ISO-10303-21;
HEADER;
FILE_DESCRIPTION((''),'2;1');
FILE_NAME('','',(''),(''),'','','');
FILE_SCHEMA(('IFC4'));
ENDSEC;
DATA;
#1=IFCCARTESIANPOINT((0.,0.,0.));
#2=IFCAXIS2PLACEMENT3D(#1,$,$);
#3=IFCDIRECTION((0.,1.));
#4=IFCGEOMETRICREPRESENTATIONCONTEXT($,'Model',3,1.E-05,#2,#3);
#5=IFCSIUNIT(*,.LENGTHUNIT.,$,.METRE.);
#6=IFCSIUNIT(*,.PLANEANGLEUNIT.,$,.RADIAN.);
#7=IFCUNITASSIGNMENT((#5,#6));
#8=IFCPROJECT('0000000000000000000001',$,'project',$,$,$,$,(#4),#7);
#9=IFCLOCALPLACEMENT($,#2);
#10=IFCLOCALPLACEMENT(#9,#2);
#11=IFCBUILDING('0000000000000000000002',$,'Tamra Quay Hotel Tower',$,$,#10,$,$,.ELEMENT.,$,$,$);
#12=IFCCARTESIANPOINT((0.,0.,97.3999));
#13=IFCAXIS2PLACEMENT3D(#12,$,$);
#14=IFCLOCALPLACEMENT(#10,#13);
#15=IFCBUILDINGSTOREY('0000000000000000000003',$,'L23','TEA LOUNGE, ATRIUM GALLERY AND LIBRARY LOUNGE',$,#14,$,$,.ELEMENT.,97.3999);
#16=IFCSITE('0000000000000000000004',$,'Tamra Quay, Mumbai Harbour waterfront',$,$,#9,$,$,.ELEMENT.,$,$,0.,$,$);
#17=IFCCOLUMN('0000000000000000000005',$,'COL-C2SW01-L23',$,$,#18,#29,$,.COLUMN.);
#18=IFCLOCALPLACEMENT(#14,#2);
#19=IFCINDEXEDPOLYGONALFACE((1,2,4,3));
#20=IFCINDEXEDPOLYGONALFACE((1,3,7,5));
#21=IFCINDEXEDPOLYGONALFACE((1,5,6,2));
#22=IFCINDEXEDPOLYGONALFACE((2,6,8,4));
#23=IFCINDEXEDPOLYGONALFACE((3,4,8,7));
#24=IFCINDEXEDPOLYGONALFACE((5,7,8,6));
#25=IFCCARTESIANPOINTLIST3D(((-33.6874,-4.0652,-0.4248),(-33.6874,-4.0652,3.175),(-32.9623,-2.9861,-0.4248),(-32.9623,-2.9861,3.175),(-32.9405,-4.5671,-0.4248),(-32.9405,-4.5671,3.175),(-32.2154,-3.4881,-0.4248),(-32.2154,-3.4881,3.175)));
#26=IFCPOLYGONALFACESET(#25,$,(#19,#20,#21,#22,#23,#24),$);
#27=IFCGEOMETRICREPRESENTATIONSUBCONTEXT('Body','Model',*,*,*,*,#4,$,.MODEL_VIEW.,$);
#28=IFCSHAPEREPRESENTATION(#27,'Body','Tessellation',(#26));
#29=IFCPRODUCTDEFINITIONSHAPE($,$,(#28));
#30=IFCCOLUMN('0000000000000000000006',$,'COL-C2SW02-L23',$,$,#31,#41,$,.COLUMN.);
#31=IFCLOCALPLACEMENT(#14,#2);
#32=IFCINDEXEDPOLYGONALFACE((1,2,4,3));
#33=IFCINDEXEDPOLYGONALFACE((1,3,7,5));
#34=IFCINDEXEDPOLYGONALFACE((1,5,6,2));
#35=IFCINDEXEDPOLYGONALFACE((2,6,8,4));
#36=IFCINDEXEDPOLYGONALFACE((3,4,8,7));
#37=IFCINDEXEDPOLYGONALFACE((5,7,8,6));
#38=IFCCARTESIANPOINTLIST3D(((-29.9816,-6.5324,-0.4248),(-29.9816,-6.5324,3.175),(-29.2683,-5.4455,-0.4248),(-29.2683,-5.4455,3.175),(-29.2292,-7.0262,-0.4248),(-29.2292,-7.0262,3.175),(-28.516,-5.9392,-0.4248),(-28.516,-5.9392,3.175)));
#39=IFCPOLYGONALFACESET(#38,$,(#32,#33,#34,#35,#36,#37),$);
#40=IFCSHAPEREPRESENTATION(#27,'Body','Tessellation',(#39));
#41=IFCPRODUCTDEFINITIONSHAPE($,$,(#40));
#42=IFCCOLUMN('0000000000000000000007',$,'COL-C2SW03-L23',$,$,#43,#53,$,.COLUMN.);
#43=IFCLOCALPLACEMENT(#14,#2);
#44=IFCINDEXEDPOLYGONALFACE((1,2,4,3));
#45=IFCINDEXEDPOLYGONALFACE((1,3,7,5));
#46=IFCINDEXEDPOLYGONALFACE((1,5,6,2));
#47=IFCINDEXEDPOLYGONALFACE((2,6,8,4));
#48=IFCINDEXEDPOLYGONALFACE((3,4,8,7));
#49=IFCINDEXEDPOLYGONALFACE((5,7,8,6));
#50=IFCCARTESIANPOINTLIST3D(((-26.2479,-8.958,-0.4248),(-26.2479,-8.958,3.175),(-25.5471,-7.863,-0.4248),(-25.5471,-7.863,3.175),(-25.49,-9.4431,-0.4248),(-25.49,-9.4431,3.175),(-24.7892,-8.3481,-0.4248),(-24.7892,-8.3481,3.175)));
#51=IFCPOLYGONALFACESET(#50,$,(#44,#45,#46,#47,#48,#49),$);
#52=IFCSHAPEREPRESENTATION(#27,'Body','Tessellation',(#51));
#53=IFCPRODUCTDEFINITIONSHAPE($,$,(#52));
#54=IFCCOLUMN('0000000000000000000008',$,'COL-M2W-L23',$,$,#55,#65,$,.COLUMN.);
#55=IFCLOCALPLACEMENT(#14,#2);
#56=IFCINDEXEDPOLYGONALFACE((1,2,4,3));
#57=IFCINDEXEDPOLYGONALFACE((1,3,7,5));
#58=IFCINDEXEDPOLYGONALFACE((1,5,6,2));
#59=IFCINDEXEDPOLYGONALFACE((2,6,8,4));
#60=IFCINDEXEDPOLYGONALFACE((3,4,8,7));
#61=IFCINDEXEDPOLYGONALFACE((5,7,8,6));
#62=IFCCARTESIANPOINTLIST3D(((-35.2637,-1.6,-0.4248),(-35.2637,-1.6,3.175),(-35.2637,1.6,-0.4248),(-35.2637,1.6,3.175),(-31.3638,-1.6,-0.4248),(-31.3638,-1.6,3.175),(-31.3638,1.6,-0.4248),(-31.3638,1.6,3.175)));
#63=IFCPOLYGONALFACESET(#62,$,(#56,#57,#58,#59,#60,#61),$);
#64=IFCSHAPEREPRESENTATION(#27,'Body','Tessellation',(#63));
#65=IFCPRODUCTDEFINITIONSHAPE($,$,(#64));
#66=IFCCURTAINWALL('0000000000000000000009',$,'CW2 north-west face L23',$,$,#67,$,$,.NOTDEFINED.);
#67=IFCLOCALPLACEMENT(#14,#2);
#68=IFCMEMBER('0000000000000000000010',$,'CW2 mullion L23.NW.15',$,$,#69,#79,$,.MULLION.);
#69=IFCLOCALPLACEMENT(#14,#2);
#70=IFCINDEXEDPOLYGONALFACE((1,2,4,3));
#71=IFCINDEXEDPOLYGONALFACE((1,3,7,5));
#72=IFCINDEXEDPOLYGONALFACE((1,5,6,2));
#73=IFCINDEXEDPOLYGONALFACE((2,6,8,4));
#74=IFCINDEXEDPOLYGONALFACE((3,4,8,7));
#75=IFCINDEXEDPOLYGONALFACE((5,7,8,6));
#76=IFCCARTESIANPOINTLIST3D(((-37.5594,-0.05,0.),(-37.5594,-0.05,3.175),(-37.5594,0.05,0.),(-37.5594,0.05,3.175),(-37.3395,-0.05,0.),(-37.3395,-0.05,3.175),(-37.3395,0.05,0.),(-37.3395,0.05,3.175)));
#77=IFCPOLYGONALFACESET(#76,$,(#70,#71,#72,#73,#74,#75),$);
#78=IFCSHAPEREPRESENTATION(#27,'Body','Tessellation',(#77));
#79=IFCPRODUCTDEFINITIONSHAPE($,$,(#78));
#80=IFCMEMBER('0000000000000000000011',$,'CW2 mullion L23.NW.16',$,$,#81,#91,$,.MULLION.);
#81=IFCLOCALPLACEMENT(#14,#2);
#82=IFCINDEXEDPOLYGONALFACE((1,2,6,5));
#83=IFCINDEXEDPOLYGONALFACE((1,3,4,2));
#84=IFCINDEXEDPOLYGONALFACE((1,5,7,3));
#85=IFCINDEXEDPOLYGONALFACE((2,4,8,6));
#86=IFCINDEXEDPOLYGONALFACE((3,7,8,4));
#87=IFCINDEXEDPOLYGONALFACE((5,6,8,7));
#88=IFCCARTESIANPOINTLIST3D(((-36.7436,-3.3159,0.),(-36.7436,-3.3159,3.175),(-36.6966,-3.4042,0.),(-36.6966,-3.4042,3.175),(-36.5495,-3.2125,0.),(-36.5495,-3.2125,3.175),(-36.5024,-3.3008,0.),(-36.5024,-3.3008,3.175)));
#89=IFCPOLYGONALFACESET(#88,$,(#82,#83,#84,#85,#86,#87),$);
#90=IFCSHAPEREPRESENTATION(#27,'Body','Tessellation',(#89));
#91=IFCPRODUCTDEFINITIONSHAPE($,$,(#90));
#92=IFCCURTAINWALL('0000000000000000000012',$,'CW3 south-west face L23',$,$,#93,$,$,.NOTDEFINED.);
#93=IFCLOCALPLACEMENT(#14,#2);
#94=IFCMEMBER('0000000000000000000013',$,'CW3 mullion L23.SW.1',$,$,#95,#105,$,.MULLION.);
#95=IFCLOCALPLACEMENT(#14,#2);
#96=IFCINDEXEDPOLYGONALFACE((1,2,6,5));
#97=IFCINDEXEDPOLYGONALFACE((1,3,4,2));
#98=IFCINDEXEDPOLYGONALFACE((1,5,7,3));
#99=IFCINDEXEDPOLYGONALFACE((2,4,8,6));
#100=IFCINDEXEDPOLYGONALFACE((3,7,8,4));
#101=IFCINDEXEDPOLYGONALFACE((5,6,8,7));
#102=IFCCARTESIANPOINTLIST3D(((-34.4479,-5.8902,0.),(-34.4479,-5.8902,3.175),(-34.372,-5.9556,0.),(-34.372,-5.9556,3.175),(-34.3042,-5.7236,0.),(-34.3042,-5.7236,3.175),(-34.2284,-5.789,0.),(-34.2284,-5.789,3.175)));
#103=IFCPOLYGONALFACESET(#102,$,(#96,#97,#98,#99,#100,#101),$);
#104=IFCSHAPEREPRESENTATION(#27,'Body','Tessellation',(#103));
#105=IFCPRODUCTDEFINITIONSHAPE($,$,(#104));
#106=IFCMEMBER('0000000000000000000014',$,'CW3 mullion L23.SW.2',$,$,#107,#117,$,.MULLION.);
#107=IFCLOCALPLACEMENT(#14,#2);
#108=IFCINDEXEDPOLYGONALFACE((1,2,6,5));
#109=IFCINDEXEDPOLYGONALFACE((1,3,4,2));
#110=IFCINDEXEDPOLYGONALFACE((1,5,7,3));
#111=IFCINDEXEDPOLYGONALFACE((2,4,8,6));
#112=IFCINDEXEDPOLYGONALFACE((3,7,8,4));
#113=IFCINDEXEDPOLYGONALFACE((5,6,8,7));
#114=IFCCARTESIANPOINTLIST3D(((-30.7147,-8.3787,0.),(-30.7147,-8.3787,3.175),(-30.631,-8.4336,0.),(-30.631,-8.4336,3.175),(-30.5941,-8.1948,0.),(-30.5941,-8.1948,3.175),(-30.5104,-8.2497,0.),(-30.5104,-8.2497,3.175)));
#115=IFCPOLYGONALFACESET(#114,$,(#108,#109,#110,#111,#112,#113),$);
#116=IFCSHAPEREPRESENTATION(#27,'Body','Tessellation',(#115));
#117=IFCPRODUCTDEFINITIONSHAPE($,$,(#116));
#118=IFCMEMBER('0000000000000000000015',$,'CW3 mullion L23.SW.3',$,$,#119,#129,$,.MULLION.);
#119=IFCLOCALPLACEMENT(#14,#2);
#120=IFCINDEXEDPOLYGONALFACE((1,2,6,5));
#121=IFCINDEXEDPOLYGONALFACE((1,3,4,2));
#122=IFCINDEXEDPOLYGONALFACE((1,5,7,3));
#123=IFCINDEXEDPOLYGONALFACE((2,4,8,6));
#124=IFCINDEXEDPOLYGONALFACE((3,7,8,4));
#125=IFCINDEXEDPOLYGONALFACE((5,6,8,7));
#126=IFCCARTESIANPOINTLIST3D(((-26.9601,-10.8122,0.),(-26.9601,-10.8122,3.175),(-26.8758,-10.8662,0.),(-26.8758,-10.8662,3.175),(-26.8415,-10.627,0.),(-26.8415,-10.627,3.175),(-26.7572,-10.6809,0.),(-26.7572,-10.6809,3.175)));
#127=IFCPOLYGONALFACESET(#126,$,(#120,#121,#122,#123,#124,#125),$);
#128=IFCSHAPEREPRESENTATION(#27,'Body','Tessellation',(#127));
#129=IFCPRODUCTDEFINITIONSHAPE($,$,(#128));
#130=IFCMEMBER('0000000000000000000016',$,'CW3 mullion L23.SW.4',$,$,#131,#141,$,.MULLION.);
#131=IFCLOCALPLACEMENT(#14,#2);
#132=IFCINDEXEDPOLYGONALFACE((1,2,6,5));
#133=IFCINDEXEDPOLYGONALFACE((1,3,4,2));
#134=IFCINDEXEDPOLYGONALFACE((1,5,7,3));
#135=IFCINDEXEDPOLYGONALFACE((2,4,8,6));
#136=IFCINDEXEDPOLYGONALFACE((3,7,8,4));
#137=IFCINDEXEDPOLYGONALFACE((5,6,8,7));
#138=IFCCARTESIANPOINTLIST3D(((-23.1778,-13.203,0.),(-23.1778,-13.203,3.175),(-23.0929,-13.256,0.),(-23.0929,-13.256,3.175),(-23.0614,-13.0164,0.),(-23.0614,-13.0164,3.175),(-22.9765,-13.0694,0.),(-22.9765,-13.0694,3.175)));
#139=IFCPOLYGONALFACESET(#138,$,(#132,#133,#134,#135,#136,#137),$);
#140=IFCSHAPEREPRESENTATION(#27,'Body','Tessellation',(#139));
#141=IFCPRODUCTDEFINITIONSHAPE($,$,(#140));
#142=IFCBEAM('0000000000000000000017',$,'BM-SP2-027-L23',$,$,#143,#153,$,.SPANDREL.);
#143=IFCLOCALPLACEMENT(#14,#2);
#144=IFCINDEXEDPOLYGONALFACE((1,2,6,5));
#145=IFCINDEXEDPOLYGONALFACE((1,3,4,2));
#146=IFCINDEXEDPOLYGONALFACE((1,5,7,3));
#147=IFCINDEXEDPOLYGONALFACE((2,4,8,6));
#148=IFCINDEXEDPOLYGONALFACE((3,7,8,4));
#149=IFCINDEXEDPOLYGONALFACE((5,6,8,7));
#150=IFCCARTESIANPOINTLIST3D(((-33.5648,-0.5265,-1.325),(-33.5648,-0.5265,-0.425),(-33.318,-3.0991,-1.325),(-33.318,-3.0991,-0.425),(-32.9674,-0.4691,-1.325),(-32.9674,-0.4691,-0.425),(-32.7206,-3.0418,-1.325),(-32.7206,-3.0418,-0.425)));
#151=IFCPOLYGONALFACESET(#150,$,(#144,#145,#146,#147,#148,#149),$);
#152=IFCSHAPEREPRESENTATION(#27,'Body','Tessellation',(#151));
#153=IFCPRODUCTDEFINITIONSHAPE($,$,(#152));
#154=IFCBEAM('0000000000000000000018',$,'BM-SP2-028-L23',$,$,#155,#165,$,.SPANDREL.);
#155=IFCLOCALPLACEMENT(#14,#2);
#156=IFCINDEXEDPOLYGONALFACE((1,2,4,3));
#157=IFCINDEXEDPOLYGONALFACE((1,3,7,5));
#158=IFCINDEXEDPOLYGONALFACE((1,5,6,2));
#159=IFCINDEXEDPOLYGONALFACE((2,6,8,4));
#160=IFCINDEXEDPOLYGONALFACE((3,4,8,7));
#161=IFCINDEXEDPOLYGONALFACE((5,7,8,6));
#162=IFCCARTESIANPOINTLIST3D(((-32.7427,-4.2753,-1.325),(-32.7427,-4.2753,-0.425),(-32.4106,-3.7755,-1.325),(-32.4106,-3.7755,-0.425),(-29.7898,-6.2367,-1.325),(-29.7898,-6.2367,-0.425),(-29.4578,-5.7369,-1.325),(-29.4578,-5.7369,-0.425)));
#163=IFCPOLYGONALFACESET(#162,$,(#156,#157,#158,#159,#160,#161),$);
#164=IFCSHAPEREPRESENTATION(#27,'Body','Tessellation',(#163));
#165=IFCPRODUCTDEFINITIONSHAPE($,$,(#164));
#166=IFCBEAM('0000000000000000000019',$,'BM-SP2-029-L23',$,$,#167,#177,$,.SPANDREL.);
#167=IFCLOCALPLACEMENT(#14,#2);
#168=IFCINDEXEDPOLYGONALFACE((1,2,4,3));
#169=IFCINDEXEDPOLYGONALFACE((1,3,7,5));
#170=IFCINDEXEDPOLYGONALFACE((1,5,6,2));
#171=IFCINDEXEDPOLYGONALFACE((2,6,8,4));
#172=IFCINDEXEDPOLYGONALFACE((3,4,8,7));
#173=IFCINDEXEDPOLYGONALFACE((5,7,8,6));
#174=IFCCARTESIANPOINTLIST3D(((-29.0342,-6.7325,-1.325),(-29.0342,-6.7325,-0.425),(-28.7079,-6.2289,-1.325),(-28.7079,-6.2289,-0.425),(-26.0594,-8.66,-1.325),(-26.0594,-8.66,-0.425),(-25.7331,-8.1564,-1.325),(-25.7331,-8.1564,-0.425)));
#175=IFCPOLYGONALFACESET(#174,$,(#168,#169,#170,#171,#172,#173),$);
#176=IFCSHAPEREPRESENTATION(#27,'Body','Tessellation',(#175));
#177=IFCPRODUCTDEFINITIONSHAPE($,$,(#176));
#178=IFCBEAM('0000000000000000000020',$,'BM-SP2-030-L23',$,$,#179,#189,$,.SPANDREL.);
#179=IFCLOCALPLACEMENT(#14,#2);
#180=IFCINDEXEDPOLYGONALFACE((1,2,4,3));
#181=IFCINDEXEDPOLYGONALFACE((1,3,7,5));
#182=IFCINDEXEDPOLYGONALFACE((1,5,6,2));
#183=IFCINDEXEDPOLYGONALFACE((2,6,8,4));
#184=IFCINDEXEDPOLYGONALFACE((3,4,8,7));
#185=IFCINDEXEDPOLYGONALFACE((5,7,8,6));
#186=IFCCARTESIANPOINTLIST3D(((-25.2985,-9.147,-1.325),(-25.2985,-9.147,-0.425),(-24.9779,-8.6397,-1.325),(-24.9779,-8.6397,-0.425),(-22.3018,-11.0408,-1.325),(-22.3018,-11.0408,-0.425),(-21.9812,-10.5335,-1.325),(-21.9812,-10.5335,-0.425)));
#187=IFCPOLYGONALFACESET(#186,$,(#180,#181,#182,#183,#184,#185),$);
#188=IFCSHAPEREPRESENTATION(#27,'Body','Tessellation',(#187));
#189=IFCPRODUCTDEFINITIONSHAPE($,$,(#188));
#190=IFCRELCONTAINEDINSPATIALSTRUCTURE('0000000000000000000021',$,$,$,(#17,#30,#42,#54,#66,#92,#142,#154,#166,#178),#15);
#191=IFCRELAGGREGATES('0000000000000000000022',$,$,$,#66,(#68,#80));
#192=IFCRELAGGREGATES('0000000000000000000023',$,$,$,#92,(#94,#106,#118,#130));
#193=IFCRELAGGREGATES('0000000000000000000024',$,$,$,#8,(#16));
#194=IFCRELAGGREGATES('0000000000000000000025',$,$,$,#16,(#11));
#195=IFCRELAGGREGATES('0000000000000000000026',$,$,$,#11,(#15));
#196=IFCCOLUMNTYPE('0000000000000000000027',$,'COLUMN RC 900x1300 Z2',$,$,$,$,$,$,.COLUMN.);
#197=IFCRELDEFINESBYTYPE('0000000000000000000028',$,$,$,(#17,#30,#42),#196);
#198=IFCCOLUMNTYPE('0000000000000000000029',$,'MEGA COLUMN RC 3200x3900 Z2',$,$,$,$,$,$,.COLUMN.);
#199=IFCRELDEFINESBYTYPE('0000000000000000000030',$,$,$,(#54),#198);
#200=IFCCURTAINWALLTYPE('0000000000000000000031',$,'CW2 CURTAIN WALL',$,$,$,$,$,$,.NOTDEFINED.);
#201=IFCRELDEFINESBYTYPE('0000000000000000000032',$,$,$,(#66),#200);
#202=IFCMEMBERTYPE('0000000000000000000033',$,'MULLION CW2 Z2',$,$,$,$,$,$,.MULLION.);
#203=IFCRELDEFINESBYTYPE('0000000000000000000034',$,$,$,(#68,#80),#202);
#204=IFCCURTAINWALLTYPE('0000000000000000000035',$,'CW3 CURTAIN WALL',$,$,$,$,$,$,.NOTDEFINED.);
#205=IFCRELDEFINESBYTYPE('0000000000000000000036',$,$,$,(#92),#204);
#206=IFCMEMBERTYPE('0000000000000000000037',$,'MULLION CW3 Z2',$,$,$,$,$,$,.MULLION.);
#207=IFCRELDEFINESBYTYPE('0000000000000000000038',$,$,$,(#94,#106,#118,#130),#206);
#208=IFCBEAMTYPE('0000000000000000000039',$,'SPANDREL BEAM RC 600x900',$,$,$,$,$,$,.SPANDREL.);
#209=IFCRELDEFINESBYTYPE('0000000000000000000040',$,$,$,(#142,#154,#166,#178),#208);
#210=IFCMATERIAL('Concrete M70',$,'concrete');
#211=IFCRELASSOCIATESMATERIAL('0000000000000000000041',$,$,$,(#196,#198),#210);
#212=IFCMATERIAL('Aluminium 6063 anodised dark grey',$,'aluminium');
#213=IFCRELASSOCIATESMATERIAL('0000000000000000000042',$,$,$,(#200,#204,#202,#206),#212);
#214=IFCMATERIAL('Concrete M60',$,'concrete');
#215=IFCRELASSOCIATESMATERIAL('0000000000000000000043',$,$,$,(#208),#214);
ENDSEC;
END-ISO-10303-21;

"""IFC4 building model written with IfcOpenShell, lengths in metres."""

from ifc_helpers import new_model, si_unit, direction, frame, origin, origin_2d, place, context, subcontext, project, spatial, rectangle, extrude, material, material_profile, profile_set, type_object, element, aggregate, save


model = new_model("IFC4")

# Units and contexts
model_context = context("Model", 3, precision=1e-05, world=origin(), true_north=direction((0.0, 1.0)))
body_context = subcontext(model_context, "Body", "Model", "MODEL_VIEW")
ifc_project = project(units=[si_unit("LENGTHUNIT", "METRE"), si_unit("PLANEANGLEUNIT", "RADIAN")], contexts=[model_context])

# Site, building, storey
site_placement = place(None, origin())
site = spatial("IfcSite", under=ifc_project, at=site_placement, Name="Tamra Quay, Mumbai Harbour waterfront", CompositionType="ELEMENT", RefElevation=0.0)
building_placement = place(site_placement, origin())
building = spatial("IfcBuilding", under=site, at=building_placement, Name="Tamra Quay Hotel Tower", CompositionType="ELEMENT")
storey_placement = place(building_placement, frame((0.0, 0.0, 97.3999)))
storey = spatial("IfcBuildingStorey", under=building, at=storey_placement, Name="L23", Description="TEA LOUNGE, ATRIUM GALLERY AND LIBRARY LOUNGE", CompositionType="ELEMENT", Elevation=97.3999)

# Columns
ifc_material_1 = material(Name="Concrete M70", Category="concrete")
ifc_material_profile_1 = material_profile(ifc_material_1, rectangle(XDim=1.3, YDim=0.8999, at=origin_2d()), Name="COLUMN RC 900x1300 Z2")
ifc_profile_set_1 = profile_set([ifc_material_profile_1], Name="Concrete M70")
column_type_1 = type_object("IfcColumnType", Name="COLUMN RC 900x1300 Z2", PredefinedType="COLUMN", material=ifc_profile_set_1)
for number, where, z_axis, x_axis, name in (
    (1, (-32.9514, -3.7766, -0.4248), (0.0, 0.0, 1.0), (0.557767, 0.829998, 0.0), "COL-C2SW01-L23"),
    (2, (-29.2488, -6.2358, -0.4248), (0.0, 0.0, 1.0), (0.548641, 0.836058, 0.0), "COL-C2SW02-L23"),
    (3, (-25.5186, -8.6531, -0.4248), (0.0, 0.0, 1.0), (0.539065, 0.842264, 0.0), "COL-C2SW03-L23"),
):
    element("IfcColumn", number, at=place(storey_placement, frame(where, z_axis=z_axis, x_axis=x_axis)), inside=storey, type_object=column_type_1, Name=name, PredefinedType="COLUMN", context=body_context, shape_type="SweptSolid", body=[
        extrude(rectangle(XDim=1.3, YDim=0.8999, at=origin_2d()), origin(), (0.0, 0.0, 1.0), 3.5999),
    ])
ifc_material_profile_2 = material_profile(ifc_material_1, rectangle(XDim=3.8999, YDim=3.2, at=origin_2d()), Name="MEGA COLUMN RC 3200x3900 Z2")
ifc_profile_set_2 = profile_set([ifc_material_profile_2], Name="Concrete M70")
column_type_2 = type_object("IfcColumnType", Name="MEGA COLUMN RC 3200x3900 Z2", PredefinedType="COLUMN", material=ifc_profile_set_2)
column_placement = place(storey_placement, frame((-33.3137, 0.0, -0.4248), z_axis=(0.0, 0.0, 1.0), x_axis=(1.0, 0.0, 0.0)))
element("IfcColumn", 4, at=column_placement, inside=storey, type_object=column_type_2, Name="COL-M2W-L23", PredefinedType="COLUMN", context=body_context, shape_type="SweptSolid", body=[
    extrude(rectangle(XDim=3.8999, YDim=3.2, at=origin_2d()), origin(), (0.0, 0.0, 1.0), 3.5999),
])

# Curtain walls, members
ifc_material_2 = material(Name="Aluminium 6063 anodised dark grey", Category="aluminium")
curtain_wall_type_1 = type_object("IfcCurtainWallType", Name="CW2 CURTAIN WALL", PredefinedType="NOTDEFINED", material=ifc_material_2)
curtain_wall_1_placement = place(storey_placement, origin())
curtain_wall_1 = element("IfcCurtainWall", 5, at=curtain_wall_1_placement, inside=storey, type_object=curtain_wall_type_1, Name="CW2 north-west face L23", PredefinedType="NOTDEFINED")
ifc_material_profile_3 = material_profile(ifc_material_2, rectangle(XDim=0.22, YDim=0.1001, at=origin_2d()), Name="MULLION 100X220")
ifc_profile_set_3 = profile_set([ifc_material_profile_3], Name="Aluminium 6063 anodised dark grey")
member_type_1 = type_object("IfcMemberType", Name="MULLION CW2 Z2", PredefinedType="MULLION", material=ifc_profile_set_3)
member_1_placement = place(storey_placement, frame((-37.4495, 0.0, 0.0), z_axis=(0.0, 0.0, 1.0), x_axis=(-1.0, 0.0, 0.0)))
member_1 = element("IfcMember", 6, at=member_1_placement, type_object=member_type_1, Name="CW2 mullion L23.NW.15", PredefinedType="MULLION", context=body_context, shape_type="SweptSolid", body=[
    extrude(rectangle(XDim=0.22, YDim=0.1001, at=origin_2d()), origin(), (0.0, 0.0, 1.0), 3.175),
])
member_2_placement = place(storey_placement, frame((-36.623, -3.3083, 0.0), z_axis=(0.0, 0.0, 1.0), x_axis=(-0.882544, -0.47023, 0.0)))
member_2 = element("IfcMember", 7, at=member_2_placement, type_object=member_type_1, Name="CW2 mullion L23.NW.16", PredefinedType="MULLION", context=body_context, shape_type="SweptSolid", body=[
    extrude(rectangle(XDim=0.22, YDim=0.1001, at=origin_2d()), origin(), (0.0, 0.0, 1.0), 3.175),
])
curtain_wall_type_2 = type_object("IfcCurtainWallType", Name="CW3 CURTAIN WALL", PredefinedType="NOTDEFINED", material=ifc_material_2)
curtain_wall_2_placement = place(storey_placement, origin())
curtain_wall_2 = element("IfcCurtainWall", 8, at=curtain_wall_2_placement, inside=storey, type_object=curtain_wall_type_2, Name="CW3 south-west face L23", PredefinedType="NOTDEFINED")
ifc_material_profile_4 = material_profile(ifc_material_2, rectangle(XDim=0.22, YDim=0.1001, at=origin_2d()), Name="MULLION 100X220")
ifc_profile_set_4 = profile_set([ifc_material_profile_4], Name="Aluminium 6063 anodised dark grey")
member_type_2 = type_object("IfcMemberType", Name="MULLION CW3 Z2", PredefinedType="MULLION", material=ifc_profile_set_4)
member_3_placement = place(storey_placement, frame((-34.3381, -5.8396, 0.0), z_axis=(0.0, 0.0, 1.0), x_axis=(-0.652887, -0.757455, 0.0)))
member_3 = element("IfcMember", 9, at=member_3_placement, type_object=member_type_2, Name="CW3 mullion L23.SW.1", PredefinedType="MULLION", context=body_context, shape_type="SweptSolid", body=[
    extrude(rectangle(XDim=0.22, YDim=0.1001, at=origin_2d()), origin(), (0.0, 0.0, 1.0), 3.175),
])
member_4_placement = place(storey_placement, frame((-30.6125, -8.3142, 0.0), z_axis=(0.0, 0.0, 1.0), x_axis=(-0.548547, -0.836119, 0.0)))
member_4 = element("IfcMember", 10, at=member_4_placement, type_object=member_type_2, Name="CW3 mullion L23.SW.2", PredefinedType="MULLION", context=body_context, shape_type="SweptSolid", body=[
    extrude(rectangle(XDim=0.22, YDim=0.1001, at=origin_2d()), origin(), (0.0, 0.0, 1.0), 3.175),
])
member_5_placement = place(storey_placement, frame((-26.8586, -10.7466, 0.0), z_axis=(0.0, 0.0, 1.0), x_axis=(-0.538999, -0.842307, 0.0)))
member_5 = element("IfcMember", 11, at=member_5_placement, type_object=member_type_2, Name="CW3 mullion L23.SW.3", PredefinedType="MULLION", context=body_context, shape_type="SweptSolid", body=[
    extrude(rectangle(XDim=0.22, YDim=0.1001, at=origin_2d()), origin(), (0.0, 0.0, 1.0), 3.175),
])
member_6_placement = place(storey_placement, frame((-23.0771, -13.1362, 0.0), z_axis=(0.0, 0.0, 1.0), x_axis=(-0.529364, -0.848395, 0.0)))
member_6 = element("IfcMember", 12, at=member_6_placement, type_object=member_type_2, Name="CW3 mullion L23.SW.4", PredefinedType="MULLION", context=body_context, shape_type="SweptSolid", body=[
    extrude(rectangle(XDim=0.22, YDim=0.1001, at=origin_2d()), origin(), (0.0, 0.0, 1.0), 3.175),
])

# Beams
ifc_material_3 = material(Name="Concrete M60", Category="concrete")
ifc_material_profile_5 = material_profile(ifc_material_3, rectangle(XDim=0.6001, YDim=0.8999, at=origin_2d()), Name="SPANDREL BEAM RC 600x900")
ifc_profile_set_5 = profile_set([ifc_material_profile_5], Name="Concrete M60")
beam_type = type_object("IfcBeamType", Name="SPANDREL BEAM RC 600x900", PredefinedType="SPANDREL", material=ifc_profile_set_5)
beam_1_placement = place(storey_placement, frame((-33.2661, -0.4978, -0.875), z_axis=(0.0955, -0.995429, 0.0), x_axis=(0.995429, 0.0955, 0.0)))
element("IfcBeam", 13, at=beam_1_placement, inside=storey, type_object=beam_type, Name="BM-SP2-027-L23", PredefinedType="SPANDREL", context=body_context, shape_type="SweptSolid", body=[
    extrude(rectangle(XDim=0.6001, YDim=0.8999, at=origin_2d()), origin(), (0.0, 0.0, 1.0), 2.5845),
])
beam_2_placement = place(storey_placement, frame((-32.5767, -4.0254, -0.875), z_axis=(0.832982, -0.553301, 0.0), x_axis=(0.553301, 0.832982, 0.0)))
element("IfcBeam", 14, at=beam_2_placement, inside=storey, type_object=beam_type, Name="BM-SP2-028-L23", PredefinedType="SPANDREL", context=body_context, shape_type="SweptSolid", body=[
    extrude(rectangle(XDim=0.6001, YDim=0.8999, at=origin_2d()), origin(), (0.0, 0.0, 1.0), 3.5449),
])
beam_3_placement = place(storey_placement, frame((-28.8711, -6.4807, -0.875), z_axis=(0.839237, -0.543765, 0.0), x_axis=(0.543765, 0.839237, 0.0)))
element("IfcBeam", 15, at=beam_3_placement, inside=storey, type_object=beam_type, Name="BM-SP2-029-L23", PredefinedType="SPANDREL", context=body_context, shape_type="SweptSolid", body=[
    extrude(rectangle(XDim=0.6001, YDim=0.8999, at=origin_2d()), origin(), (0.0, 0.0, 1.0), 3.5447),
])
beam_4_placement = place(storey_placement, frame((-25.1382, -8.8933, -0.875), z_axis=(0.845333, -0.534239, 0.0), x_axis=(0.534239, 0.845333, 0.0)))
element("IfcBeam", 16, at=beam_4_placement, inside=storey, type_object=beam_type, Name="BM-SP2-030-L23", PredefinedType="SPANDREL", context=body_context, shape_type="SweptSolid", body=[
    extrude(rectangle(XDim=0.6001, YDim=0.8999, at=origin_2d()), origin(), (0.0, 0.0, 1.0), 3.5449),
])

aggregate(curtain_wall_1, [member_1, member_2])
aggregate(curtain_wall_2, [member_3, member_4, member_5, member_6])

save(model, "model.ifc")
